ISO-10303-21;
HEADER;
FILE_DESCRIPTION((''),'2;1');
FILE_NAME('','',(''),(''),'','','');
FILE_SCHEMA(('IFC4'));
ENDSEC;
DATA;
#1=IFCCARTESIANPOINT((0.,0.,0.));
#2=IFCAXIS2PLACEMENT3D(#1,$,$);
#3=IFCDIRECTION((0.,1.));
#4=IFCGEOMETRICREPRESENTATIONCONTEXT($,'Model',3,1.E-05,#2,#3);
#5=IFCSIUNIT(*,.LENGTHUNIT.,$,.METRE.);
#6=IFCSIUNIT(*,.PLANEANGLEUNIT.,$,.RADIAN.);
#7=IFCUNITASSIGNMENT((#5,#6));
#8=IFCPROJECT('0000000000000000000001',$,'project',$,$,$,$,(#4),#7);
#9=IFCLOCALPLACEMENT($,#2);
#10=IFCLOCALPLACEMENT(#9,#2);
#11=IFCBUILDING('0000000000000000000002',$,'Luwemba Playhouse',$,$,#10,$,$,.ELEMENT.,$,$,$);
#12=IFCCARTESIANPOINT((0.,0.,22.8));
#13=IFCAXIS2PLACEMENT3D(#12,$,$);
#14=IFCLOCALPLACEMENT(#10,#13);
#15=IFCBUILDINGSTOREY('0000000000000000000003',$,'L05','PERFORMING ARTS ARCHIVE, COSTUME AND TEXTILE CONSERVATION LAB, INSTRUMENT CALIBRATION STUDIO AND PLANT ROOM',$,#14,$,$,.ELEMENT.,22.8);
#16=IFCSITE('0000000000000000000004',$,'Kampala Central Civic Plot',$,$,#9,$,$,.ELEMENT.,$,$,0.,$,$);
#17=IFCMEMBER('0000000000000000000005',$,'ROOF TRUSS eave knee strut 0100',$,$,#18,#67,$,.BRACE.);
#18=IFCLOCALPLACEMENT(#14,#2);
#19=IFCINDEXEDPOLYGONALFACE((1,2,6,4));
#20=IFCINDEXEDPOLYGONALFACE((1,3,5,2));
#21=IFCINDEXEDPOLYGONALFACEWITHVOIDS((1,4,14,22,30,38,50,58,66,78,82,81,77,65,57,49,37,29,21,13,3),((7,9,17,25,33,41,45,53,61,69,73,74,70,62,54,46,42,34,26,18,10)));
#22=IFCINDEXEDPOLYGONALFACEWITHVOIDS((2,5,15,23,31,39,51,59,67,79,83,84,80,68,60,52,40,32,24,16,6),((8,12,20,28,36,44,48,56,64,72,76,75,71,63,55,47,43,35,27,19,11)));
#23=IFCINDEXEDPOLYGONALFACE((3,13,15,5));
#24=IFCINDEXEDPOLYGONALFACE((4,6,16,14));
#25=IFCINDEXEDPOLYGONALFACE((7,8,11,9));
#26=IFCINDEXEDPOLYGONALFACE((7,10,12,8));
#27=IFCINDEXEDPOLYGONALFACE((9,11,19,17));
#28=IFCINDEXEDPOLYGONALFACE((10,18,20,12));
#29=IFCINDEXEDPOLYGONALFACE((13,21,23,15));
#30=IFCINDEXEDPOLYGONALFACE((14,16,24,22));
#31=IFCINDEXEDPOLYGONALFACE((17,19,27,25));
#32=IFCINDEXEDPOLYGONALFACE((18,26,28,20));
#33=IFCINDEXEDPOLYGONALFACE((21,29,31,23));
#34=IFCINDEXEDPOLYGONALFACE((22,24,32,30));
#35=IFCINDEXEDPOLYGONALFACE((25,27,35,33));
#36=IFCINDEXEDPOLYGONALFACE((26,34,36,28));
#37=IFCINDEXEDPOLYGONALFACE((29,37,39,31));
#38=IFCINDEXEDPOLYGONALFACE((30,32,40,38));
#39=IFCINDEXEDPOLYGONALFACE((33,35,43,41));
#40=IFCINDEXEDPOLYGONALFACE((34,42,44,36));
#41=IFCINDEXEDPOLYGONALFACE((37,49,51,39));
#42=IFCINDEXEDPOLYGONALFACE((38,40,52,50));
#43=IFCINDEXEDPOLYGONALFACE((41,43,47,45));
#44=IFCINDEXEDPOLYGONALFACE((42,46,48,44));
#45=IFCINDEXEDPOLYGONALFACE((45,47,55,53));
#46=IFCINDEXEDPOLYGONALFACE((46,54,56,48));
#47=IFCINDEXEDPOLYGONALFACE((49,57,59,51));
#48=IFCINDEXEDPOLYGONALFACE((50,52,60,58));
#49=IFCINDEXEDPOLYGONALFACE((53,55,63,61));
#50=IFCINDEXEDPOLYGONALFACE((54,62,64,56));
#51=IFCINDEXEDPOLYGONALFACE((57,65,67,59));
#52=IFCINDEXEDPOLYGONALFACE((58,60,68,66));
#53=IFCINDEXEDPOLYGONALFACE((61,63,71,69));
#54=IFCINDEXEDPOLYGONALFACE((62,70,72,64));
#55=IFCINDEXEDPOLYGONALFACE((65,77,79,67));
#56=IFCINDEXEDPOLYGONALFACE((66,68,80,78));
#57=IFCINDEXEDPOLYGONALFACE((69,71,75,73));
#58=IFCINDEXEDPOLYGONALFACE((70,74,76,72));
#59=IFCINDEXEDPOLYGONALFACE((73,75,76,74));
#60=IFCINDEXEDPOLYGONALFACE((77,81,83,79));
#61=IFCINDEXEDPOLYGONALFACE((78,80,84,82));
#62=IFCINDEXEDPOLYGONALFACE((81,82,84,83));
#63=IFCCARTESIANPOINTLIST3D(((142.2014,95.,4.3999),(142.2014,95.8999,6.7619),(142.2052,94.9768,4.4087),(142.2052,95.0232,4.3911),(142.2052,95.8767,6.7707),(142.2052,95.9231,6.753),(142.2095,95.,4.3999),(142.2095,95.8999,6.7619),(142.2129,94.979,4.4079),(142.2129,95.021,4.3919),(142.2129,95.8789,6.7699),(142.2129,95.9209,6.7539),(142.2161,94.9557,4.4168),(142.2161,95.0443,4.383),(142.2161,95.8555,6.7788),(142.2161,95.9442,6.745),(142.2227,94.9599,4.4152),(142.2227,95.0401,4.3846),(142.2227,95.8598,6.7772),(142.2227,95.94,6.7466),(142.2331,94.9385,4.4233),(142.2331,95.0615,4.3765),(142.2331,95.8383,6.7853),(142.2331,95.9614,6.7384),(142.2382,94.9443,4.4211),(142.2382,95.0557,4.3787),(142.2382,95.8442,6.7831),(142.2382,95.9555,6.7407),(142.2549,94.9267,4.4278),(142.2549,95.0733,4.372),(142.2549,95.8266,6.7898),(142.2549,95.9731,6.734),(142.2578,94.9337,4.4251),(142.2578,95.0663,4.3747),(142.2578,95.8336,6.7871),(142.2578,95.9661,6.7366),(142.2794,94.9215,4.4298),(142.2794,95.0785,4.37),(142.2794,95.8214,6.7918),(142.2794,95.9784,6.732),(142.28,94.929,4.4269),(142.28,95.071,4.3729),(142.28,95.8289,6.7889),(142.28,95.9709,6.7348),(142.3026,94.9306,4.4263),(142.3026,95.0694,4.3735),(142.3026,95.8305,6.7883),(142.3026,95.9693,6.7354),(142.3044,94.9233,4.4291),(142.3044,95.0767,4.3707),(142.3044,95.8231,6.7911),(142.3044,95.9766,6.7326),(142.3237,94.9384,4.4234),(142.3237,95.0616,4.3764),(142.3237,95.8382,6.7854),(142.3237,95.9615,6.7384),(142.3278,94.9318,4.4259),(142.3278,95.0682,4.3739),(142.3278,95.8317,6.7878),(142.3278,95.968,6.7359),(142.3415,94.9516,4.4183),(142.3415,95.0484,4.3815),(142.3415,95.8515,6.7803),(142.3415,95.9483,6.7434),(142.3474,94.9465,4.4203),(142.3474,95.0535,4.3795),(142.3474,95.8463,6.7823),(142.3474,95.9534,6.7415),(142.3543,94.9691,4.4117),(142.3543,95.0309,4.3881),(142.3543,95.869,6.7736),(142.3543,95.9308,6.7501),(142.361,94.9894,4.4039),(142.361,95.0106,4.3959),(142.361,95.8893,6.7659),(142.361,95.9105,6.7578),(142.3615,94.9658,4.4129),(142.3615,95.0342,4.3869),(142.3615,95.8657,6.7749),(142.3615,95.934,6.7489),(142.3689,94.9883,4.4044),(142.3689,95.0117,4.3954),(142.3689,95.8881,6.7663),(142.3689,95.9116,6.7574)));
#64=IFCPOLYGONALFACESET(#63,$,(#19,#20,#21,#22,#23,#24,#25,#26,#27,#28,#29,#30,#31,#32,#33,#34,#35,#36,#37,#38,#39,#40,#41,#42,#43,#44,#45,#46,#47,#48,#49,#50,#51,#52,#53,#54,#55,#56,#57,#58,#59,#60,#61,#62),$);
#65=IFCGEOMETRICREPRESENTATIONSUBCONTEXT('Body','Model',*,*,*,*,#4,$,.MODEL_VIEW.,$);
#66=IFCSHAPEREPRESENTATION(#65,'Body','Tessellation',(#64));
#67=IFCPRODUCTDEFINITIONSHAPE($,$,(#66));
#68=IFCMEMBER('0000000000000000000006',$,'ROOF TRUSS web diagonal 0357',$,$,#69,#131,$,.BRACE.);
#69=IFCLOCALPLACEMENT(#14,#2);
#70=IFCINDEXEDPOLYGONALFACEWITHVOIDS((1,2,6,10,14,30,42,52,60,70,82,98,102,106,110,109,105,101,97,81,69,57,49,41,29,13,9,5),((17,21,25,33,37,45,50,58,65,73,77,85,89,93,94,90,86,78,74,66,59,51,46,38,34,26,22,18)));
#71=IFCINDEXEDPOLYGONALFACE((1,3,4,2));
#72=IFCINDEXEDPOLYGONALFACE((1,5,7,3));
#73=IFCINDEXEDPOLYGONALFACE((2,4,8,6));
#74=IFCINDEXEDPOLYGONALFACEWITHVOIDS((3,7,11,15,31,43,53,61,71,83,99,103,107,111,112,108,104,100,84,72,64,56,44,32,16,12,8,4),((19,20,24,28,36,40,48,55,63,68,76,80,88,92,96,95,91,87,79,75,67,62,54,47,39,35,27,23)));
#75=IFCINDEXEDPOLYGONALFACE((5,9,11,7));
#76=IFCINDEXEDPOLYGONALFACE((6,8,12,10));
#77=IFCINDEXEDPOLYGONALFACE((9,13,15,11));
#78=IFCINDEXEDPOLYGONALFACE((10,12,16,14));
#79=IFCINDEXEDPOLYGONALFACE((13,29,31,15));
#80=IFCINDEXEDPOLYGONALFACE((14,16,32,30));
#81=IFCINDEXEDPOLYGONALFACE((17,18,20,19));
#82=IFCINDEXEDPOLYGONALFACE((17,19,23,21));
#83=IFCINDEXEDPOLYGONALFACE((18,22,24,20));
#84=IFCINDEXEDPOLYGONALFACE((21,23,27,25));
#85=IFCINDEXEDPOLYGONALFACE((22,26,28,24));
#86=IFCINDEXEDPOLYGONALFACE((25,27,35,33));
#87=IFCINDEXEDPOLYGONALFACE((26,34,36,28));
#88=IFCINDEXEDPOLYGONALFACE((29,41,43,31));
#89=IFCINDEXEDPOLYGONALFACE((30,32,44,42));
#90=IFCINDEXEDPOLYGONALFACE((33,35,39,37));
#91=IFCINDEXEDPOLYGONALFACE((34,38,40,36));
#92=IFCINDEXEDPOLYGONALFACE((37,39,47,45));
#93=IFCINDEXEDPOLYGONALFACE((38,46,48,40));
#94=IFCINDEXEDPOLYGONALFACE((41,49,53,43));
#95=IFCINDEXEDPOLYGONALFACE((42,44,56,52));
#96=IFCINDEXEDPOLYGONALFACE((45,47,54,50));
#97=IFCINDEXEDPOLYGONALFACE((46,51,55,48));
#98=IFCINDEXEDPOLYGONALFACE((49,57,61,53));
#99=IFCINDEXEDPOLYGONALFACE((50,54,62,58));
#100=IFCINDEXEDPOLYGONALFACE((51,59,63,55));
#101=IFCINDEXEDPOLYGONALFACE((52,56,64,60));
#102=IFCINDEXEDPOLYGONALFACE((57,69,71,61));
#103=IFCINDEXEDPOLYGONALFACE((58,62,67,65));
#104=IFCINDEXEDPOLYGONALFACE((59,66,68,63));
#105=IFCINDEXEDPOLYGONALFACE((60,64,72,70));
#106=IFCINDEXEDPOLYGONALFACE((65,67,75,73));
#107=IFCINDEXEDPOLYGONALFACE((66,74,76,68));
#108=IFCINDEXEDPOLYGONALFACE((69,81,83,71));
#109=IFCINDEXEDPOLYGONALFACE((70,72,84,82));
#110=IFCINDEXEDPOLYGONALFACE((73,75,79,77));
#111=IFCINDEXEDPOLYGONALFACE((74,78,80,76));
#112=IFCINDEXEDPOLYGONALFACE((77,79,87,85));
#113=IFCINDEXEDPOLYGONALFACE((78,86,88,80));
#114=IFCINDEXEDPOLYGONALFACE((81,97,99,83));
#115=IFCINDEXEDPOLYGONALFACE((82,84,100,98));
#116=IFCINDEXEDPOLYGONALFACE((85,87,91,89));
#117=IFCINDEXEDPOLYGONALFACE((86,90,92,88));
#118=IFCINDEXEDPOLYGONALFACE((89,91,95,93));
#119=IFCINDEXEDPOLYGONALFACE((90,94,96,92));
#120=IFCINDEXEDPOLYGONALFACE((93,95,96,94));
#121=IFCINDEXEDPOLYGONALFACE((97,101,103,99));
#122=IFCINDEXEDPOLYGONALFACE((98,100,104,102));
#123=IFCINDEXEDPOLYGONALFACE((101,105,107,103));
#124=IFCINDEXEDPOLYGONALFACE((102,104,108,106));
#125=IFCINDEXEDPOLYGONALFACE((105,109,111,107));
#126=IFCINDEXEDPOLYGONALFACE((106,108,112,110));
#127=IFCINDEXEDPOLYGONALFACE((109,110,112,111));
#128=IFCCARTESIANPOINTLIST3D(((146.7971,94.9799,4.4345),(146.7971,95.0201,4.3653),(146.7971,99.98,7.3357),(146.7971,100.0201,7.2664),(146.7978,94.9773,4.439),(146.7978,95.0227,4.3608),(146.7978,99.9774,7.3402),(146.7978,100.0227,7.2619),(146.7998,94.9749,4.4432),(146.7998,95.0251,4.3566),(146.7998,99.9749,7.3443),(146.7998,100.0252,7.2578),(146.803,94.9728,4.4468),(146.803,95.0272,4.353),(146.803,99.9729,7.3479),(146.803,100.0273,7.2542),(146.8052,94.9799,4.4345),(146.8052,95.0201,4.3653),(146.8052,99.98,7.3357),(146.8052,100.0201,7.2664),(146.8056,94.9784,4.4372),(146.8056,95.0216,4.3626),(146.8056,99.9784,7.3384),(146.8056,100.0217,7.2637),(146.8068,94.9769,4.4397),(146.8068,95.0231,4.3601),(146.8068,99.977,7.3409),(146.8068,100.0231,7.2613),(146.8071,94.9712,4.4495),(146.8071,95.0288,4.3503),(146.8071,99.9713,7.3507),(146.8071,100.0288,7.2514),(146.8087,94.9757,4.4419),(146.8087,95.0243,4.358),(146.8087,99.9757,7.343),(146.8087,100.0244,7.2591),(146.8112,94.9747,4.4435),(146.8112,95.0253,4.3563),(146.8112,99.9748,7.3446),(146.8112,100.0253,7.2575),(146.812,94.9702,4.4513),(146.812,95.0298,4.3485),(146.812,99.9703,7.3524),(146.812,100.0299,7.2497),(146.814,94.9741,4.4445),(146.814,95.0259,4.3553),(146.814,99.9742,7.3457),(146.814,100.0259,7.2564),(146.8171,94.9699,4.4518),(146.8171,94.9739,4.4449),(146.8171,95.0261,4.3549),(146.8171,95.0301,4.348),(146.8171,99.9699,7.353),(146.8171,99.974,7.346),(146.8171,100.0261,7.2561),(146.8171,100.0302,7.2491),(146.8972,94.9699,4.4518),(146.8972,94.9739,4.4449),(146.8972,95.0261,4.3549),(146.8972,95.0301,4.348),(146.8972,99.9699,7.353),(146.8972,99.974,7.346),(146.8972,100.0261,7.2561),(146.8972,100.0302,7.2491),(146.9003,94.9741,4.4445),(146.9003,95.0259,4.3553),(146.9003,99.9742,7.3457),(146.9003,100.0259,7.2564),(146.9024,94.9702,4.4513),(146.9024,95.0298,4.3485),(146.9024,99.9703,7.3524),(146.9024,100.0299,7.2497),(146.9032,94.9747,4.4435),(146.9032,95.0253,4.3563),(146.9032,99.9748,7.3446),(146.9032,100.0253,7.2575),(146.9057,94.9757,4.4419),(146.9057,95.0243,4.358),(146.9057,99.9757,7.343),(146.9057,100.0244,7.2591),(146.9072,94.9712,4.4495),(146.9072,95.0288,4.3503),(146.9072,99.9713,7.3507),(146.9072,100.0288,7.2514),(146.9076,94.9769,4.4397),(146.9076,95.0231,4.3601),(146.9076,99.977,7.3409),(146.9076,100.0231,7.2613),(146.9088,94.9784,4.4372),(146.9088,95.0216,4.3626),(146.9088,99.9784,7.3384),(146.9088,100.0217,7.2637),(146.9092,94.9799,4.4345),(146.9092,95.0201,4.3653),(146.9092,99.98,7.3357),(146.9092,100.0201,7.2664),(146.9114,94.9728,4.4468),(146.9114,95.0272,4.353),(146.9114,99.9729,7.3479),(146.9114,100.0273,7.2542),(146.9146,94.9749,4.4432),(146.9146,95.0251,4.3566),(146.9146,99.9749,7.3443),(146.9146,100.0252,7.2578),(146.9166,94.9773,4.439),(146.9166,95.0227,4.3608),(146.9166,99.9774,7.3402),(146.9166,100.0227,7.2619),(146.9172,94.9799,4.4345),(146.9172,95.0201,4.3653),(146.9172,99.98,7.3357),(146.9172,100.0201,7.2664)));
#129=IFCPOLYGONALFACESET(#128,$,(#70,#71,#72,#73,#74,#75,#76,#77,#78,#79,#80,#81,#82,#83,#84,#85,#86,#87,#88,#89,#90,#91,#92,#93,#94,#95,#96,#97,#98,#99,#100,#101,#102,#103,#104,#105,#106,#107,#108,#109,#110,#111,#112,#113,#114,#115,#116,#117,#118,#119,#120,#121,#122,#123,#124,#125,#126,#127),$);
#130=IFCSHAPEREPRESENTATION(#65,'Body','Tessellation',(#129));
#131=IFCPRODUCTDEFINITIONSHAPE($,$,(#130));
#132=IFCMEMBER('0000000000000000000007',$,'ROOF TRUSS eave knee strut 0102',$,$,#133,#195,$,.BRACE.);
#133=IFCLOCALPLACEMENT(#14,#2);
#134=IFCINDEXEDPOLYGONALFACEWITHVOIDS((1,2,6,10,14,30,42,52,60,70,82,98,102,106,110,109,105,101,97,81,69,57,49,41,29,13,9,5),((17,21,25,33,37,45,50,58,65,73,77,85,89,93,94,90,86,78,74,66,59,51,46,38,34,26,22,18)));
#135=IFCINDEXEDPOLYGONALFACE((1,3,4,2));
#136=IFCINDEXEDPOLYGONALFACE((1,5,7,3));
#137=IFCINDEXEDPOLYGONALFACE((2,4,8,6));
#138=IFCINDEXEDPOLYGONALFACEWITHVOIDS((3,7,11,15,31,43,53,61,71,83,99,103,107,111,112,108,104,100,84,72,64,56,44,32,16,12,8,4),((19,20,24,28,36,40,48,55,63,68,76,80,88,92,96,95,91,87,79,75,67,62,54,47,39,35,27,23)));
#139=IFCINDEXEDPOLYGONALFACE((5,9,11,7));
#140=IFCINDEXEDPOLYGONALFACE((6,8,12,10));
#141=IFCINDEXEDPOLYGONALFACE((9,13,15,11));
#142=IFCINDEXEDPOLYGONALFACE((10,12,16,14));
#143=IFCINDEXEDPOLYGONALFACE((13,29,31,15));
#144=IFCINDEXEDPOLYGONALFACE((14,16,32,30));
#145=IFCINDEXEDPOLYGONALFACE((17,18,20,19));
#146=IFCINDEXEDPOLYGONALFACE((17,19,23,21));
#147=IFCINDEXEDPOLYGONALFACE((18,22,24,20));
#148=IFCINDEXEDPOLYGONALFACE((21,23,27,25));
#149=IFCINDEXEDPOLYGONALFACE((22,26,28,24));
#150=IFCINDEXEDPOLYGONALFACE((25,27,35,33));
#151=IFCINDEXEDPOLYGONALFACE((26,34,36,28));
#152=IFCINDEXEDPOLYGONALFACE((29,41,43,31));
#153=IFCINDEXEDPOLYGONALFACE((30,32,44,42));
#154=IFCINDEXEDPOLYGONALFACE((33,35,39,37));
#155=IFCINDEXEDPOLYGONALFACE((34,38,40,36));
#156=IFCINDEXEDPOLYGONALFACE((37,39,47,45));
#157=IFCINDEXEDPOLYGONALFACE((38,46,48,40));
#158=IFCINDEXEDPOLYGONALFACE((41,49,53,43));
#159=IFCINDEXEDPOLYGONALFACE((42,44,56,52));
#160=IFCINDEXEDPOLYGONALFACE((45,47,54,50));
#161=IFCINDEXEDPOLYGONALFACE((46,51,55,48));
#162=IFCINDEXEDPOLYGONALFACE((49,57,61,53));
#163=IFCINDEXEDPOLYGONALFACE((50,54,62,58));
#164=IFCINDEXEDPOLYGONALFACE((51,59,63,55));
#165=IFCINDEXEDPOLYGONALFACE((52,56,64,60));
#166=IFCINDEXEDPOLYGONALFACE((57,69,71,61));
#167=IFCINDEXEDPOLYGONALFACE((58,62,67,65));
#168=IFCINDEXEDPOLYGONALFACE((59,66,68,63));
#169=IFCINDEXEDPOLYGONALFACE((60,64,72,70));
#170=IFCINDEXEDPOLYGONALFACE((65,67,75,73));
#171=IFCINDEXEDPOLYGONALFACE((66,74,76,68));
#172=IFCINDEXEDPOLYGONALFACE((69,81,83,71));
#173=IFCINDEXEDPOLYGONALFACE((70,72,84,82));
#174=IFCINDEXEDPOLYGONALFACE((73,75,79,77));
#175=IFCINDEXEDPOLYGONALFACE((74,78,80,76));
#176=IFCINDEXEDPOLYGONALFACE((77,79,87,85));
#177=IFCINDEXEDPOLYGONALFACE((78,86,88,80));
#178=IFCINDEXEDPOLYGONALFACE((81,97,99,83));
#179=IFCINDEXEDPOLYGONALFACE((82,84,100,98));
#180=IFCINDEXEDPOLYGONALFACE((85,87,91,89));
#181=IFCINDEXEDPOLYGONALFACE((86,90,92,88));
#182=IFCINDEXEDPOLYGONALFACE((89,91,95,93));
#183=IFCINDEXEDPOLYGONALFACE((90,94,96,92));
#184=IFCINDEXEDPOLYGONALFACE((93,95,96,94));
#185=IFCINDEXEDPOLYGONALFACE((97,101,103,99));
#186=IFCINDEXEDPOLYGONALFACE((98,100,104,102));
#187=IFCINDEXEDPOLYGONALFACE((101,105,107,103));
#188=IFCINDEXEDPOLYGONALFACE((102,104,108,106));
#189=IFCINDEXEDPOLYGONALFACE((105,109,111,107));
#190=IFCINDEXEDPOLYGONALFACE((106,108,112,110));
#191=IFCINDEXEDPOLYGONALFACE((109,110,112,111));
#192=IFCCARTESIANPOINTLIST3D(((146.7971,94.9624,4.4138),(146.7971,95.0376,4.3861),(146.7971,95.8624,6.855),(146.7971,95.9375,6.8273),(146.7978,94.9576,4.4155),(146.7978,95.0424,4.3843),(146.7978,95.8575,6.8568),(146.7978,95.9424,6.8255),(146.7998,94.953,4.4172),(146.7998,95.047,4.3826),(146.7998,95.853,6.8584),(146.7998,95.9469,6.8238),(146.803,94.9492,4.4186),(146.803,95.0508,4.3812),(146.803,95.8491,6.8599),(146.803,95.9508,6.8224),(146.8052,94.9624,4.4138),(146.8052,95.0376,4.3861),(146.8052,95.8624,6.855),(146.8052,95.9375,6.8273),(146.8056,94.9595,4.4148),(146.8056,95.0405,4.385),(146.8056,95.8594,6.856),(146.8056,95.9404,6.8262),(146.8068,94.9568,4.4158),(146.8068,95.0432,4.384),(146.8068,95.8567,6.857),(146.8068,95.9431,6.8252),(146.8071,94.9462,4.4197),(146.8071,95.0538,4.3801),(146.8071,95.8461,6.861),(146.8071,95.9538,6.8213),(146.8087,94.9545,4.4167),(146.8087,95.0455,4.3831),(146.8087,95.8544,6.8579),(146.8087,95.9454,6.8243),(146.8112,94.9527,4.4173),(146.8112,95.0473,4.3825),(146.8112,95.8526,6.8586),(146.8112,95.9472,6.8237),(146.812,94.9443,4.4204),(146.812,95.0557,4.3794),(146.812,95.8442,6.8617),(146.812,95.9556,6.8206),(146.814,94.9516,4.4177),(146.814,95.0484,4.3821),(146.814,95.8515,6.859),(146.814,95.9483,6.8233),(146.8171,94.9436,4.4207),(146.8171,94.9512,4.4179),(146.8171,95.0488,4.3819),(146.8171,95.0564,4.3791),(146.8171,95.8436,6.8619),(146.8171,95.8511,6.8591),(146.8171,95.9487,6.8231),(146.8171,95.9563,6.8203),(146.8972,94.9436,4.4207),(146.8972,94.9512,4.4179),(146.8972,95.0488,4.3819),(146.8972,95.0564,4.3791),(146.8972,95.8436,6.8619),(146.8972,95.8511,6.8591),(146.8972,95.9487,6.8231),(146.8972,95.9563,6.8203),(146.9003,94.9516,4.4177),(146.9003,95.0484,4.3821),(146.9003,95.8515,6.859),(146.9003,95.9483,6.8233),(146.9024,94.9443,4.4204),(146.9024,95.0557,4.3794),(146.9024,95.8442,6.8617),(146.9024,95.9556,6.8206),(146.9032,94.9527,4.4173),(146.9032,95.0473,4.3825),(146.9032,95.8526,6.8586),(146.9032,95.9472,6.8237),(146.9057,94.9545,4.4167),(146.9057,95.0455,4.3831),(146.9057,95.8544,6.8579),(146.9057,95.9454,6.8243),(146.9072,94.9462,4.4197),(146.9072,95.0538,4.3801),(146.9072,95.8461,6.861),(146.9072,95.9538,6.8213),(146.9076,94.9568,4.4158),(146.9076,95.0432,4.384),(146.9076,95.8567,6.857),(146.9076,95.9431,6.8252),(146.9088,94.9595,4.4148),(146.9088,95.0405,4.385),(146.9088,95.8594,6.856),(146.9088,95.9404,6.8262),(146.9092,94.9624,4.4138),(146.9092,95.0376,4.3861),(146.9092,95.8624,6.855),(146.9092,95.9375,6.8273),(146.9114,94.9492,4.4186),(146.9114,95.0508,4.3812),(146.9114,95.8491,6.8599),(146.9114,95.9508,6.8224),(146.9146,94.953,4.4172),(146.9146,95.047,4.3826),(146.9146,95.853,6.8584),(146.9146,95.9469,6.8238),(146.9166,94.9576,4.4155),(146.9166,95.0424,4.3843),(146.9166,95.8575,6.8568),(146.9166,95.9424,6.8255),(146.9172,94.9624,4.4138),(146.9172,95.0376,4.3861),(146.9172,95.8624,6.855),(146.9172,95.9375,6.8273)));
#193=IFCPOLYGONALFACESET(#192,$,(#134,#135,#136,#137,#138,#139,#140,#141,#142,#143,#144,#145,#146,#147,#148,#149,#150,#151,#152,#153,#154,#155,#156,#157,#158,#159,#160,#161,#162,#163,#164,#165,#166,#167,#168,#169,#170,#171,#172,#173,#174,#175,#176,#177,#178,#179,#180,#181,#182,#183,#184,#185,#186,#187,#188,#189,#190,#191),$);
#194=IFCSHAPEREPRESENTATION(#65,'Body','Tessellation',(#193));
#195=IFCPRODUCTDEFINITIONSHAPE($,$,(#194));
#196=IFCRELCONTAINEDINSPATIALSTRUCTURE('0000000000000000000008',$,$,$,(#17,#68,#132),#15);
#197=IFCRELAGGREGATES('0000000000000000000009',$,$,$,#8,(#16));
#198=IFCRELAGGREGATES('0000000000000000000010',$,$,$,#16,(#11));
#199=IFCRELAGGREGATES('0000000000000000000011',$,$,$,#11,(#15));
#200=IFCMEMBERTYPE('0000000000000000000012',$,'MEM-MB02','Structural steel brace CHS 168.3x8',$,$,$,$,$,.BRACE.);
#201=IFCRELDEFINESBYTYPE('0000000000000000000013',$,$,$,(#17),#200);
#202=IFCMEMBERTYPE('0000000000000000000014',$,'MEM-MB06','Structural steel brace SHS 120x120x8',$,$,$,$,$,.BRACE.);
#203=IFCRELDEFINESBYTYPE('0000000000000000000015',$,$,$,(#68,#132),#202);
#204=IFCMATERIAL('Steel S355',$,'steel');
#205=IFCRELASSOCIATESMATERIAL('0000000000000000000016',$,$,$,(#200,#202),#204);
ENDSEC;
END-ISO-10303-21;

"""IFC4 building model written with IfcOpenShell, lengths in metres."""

from ifc_helpers import new_model, si_unit, direction, frame, origin, origin_2d, place, context, subcontext, project, spatial, hollow_rectangle, hollow_circle, extrude, material, material_profile, profile_set, type_object, element, save


model = new_model("IFC4")

# Units and contexts
model_context = context("Model", 3, precision=1e-05, world=origin(), true_north=direction((0.0, 1.0)))
body_context = subcontext(model_context, "Body", "Model", "MODEL_VIEW")
ifc_project = project(units=[si_unit("LENGTHUNIT", "METRE"), si_unit("PLANEANGLEUNIT", "RADIAN")], contexts=[model_context])

# Site, building, storey
site_placement = place(None, origin())
site = spatial("IfcSite", under=ifc_project, at=site_placement, Name="Kampala Central Civic Plot", CompositionType="ELEMENT", RefElevation=0.0)
building_placement = place(site_placement, origin())
building = spatial("IfcBuilding", under=site, at=building_placement, Name="Luwemba Playhouse", CompositionType="ELEMENT")
storey_placement = place(building_placement, frame((0.0, 0.0, 22.8)))
storey = spatial("IfcBuildingStorey", under=building, at=storey_placement, Name="L05", Description="PERFORMING ARTS ARCHIVE, COSTUME AND TEXTILE CONSERVATION LAB, INSTRUMENT CALIBRATION STUDIO AND PLANT ROOM", CompositionType="ELEMENT", Elevation=22.8)

# Shared definitions
ifc_material_1 = material(Name="Steel S355", Category="steel")

# Members
ifc_material_profile_1 = material_profile(ifc_material_1, hollow_circle(Radius=0.0842, WallThickness=0.0081, at=origin_2d()))
ifc_profile_set_1 = profile_set([ifc_material_profile_1], Name="Steel S355")
member_type_1 = type_object("IfcMemberType", Name="MEM-MB02", Description="Structural steel brace CHS 168.3x8", PredefinedType="BRACE", material=ifc_profile_set_1)
member_1_placement = place(storey_placement, frame((142.2856, 95.0, 4.3999), z_axis=(0.0, 0.356019, 0.934479), x_axis=(-1.0, 0.0, 0.0)))
element("IfcMember", 1, at=member_1_placement, inside=storey, type_object=member_type_1, Name="ROOF TRUSS eave knee strut 0100", PredefinedType="BRACE", context=body_context, shape_type="SweptSolid", body=[
    extrude(hollow_circle(Radius=0.0842, WallThickness=0.0081, at=origin_2d()), origin(), (0.0, 0.0, 1.0), 2.5276),
])
ifc_material_profile_2 = material_profile(ifc_material_1, hollow_rectangle(XDim=0.1201, YDim=0.1201, WallThickness=0.0081, InnerFilletRadius=0.012, OuterFilletRadius=0.02, at=origin_2d()))
ifc_profile_set_2 = profile_set([ifc_material_profile_2], Name="Steel S355")
member_type_2 = type_object("IfcMemberType", Name="MEM-MB06", Description="Structural steel brace SHS 120x120x8", PredefinedType="BRACE", material=ifc_profile_set_2)
member_2_placement = place(storey_placement, frame((146.8572, 95.0, 4.3999), z_axis=(0.0, 0.864947, 0.501863), x_axis=(-1.0, 0.0, 0.0)))
element("IfcMember", 2, at=member_2_placement, inside=storey, type_object=member_type_2, Name="ROOF TRUSS web diagonal 0357", PredefinedType="BRACE", context=body_context, shape_type="SweptSolid", body=[
    extrude(hollow_rectangle(XDim=0.1201, YDim=0.1201, WallThickness=0.0081, InnerFilletRadius=0.012, OuterFilletRadius=0.02, at=origin_2d()), origin(), (0.0, 0.0, 1.0), 5.7808),
])
member_3_placement = place(storey_placement, frame((146.8572, 95.0, 4.3999), z_axis=(0.0, 0.345884, 0.938277), x_axis=(-1.0, 0.0, 0.0)))
element("IfcMember", 3, at=member_3_placement, inside=storey, type_object=member_type_2, Name="ROOF TRUSS eave knee strut 0102", PredefinedType="BRACE", context=body_context, shape_type="SweptSolid", body=[
    extrude(hollow_rectangle(XDim=0.1201, YDim=0.1201, WallThickness=0.0081, InnerFilletRadius=0.012, OuterFilletRadius=0.02, at=origin_2d()), origin(), (0.0, 0.0, 1.0), 2.6018),
])

save(model, "model.ifc")
